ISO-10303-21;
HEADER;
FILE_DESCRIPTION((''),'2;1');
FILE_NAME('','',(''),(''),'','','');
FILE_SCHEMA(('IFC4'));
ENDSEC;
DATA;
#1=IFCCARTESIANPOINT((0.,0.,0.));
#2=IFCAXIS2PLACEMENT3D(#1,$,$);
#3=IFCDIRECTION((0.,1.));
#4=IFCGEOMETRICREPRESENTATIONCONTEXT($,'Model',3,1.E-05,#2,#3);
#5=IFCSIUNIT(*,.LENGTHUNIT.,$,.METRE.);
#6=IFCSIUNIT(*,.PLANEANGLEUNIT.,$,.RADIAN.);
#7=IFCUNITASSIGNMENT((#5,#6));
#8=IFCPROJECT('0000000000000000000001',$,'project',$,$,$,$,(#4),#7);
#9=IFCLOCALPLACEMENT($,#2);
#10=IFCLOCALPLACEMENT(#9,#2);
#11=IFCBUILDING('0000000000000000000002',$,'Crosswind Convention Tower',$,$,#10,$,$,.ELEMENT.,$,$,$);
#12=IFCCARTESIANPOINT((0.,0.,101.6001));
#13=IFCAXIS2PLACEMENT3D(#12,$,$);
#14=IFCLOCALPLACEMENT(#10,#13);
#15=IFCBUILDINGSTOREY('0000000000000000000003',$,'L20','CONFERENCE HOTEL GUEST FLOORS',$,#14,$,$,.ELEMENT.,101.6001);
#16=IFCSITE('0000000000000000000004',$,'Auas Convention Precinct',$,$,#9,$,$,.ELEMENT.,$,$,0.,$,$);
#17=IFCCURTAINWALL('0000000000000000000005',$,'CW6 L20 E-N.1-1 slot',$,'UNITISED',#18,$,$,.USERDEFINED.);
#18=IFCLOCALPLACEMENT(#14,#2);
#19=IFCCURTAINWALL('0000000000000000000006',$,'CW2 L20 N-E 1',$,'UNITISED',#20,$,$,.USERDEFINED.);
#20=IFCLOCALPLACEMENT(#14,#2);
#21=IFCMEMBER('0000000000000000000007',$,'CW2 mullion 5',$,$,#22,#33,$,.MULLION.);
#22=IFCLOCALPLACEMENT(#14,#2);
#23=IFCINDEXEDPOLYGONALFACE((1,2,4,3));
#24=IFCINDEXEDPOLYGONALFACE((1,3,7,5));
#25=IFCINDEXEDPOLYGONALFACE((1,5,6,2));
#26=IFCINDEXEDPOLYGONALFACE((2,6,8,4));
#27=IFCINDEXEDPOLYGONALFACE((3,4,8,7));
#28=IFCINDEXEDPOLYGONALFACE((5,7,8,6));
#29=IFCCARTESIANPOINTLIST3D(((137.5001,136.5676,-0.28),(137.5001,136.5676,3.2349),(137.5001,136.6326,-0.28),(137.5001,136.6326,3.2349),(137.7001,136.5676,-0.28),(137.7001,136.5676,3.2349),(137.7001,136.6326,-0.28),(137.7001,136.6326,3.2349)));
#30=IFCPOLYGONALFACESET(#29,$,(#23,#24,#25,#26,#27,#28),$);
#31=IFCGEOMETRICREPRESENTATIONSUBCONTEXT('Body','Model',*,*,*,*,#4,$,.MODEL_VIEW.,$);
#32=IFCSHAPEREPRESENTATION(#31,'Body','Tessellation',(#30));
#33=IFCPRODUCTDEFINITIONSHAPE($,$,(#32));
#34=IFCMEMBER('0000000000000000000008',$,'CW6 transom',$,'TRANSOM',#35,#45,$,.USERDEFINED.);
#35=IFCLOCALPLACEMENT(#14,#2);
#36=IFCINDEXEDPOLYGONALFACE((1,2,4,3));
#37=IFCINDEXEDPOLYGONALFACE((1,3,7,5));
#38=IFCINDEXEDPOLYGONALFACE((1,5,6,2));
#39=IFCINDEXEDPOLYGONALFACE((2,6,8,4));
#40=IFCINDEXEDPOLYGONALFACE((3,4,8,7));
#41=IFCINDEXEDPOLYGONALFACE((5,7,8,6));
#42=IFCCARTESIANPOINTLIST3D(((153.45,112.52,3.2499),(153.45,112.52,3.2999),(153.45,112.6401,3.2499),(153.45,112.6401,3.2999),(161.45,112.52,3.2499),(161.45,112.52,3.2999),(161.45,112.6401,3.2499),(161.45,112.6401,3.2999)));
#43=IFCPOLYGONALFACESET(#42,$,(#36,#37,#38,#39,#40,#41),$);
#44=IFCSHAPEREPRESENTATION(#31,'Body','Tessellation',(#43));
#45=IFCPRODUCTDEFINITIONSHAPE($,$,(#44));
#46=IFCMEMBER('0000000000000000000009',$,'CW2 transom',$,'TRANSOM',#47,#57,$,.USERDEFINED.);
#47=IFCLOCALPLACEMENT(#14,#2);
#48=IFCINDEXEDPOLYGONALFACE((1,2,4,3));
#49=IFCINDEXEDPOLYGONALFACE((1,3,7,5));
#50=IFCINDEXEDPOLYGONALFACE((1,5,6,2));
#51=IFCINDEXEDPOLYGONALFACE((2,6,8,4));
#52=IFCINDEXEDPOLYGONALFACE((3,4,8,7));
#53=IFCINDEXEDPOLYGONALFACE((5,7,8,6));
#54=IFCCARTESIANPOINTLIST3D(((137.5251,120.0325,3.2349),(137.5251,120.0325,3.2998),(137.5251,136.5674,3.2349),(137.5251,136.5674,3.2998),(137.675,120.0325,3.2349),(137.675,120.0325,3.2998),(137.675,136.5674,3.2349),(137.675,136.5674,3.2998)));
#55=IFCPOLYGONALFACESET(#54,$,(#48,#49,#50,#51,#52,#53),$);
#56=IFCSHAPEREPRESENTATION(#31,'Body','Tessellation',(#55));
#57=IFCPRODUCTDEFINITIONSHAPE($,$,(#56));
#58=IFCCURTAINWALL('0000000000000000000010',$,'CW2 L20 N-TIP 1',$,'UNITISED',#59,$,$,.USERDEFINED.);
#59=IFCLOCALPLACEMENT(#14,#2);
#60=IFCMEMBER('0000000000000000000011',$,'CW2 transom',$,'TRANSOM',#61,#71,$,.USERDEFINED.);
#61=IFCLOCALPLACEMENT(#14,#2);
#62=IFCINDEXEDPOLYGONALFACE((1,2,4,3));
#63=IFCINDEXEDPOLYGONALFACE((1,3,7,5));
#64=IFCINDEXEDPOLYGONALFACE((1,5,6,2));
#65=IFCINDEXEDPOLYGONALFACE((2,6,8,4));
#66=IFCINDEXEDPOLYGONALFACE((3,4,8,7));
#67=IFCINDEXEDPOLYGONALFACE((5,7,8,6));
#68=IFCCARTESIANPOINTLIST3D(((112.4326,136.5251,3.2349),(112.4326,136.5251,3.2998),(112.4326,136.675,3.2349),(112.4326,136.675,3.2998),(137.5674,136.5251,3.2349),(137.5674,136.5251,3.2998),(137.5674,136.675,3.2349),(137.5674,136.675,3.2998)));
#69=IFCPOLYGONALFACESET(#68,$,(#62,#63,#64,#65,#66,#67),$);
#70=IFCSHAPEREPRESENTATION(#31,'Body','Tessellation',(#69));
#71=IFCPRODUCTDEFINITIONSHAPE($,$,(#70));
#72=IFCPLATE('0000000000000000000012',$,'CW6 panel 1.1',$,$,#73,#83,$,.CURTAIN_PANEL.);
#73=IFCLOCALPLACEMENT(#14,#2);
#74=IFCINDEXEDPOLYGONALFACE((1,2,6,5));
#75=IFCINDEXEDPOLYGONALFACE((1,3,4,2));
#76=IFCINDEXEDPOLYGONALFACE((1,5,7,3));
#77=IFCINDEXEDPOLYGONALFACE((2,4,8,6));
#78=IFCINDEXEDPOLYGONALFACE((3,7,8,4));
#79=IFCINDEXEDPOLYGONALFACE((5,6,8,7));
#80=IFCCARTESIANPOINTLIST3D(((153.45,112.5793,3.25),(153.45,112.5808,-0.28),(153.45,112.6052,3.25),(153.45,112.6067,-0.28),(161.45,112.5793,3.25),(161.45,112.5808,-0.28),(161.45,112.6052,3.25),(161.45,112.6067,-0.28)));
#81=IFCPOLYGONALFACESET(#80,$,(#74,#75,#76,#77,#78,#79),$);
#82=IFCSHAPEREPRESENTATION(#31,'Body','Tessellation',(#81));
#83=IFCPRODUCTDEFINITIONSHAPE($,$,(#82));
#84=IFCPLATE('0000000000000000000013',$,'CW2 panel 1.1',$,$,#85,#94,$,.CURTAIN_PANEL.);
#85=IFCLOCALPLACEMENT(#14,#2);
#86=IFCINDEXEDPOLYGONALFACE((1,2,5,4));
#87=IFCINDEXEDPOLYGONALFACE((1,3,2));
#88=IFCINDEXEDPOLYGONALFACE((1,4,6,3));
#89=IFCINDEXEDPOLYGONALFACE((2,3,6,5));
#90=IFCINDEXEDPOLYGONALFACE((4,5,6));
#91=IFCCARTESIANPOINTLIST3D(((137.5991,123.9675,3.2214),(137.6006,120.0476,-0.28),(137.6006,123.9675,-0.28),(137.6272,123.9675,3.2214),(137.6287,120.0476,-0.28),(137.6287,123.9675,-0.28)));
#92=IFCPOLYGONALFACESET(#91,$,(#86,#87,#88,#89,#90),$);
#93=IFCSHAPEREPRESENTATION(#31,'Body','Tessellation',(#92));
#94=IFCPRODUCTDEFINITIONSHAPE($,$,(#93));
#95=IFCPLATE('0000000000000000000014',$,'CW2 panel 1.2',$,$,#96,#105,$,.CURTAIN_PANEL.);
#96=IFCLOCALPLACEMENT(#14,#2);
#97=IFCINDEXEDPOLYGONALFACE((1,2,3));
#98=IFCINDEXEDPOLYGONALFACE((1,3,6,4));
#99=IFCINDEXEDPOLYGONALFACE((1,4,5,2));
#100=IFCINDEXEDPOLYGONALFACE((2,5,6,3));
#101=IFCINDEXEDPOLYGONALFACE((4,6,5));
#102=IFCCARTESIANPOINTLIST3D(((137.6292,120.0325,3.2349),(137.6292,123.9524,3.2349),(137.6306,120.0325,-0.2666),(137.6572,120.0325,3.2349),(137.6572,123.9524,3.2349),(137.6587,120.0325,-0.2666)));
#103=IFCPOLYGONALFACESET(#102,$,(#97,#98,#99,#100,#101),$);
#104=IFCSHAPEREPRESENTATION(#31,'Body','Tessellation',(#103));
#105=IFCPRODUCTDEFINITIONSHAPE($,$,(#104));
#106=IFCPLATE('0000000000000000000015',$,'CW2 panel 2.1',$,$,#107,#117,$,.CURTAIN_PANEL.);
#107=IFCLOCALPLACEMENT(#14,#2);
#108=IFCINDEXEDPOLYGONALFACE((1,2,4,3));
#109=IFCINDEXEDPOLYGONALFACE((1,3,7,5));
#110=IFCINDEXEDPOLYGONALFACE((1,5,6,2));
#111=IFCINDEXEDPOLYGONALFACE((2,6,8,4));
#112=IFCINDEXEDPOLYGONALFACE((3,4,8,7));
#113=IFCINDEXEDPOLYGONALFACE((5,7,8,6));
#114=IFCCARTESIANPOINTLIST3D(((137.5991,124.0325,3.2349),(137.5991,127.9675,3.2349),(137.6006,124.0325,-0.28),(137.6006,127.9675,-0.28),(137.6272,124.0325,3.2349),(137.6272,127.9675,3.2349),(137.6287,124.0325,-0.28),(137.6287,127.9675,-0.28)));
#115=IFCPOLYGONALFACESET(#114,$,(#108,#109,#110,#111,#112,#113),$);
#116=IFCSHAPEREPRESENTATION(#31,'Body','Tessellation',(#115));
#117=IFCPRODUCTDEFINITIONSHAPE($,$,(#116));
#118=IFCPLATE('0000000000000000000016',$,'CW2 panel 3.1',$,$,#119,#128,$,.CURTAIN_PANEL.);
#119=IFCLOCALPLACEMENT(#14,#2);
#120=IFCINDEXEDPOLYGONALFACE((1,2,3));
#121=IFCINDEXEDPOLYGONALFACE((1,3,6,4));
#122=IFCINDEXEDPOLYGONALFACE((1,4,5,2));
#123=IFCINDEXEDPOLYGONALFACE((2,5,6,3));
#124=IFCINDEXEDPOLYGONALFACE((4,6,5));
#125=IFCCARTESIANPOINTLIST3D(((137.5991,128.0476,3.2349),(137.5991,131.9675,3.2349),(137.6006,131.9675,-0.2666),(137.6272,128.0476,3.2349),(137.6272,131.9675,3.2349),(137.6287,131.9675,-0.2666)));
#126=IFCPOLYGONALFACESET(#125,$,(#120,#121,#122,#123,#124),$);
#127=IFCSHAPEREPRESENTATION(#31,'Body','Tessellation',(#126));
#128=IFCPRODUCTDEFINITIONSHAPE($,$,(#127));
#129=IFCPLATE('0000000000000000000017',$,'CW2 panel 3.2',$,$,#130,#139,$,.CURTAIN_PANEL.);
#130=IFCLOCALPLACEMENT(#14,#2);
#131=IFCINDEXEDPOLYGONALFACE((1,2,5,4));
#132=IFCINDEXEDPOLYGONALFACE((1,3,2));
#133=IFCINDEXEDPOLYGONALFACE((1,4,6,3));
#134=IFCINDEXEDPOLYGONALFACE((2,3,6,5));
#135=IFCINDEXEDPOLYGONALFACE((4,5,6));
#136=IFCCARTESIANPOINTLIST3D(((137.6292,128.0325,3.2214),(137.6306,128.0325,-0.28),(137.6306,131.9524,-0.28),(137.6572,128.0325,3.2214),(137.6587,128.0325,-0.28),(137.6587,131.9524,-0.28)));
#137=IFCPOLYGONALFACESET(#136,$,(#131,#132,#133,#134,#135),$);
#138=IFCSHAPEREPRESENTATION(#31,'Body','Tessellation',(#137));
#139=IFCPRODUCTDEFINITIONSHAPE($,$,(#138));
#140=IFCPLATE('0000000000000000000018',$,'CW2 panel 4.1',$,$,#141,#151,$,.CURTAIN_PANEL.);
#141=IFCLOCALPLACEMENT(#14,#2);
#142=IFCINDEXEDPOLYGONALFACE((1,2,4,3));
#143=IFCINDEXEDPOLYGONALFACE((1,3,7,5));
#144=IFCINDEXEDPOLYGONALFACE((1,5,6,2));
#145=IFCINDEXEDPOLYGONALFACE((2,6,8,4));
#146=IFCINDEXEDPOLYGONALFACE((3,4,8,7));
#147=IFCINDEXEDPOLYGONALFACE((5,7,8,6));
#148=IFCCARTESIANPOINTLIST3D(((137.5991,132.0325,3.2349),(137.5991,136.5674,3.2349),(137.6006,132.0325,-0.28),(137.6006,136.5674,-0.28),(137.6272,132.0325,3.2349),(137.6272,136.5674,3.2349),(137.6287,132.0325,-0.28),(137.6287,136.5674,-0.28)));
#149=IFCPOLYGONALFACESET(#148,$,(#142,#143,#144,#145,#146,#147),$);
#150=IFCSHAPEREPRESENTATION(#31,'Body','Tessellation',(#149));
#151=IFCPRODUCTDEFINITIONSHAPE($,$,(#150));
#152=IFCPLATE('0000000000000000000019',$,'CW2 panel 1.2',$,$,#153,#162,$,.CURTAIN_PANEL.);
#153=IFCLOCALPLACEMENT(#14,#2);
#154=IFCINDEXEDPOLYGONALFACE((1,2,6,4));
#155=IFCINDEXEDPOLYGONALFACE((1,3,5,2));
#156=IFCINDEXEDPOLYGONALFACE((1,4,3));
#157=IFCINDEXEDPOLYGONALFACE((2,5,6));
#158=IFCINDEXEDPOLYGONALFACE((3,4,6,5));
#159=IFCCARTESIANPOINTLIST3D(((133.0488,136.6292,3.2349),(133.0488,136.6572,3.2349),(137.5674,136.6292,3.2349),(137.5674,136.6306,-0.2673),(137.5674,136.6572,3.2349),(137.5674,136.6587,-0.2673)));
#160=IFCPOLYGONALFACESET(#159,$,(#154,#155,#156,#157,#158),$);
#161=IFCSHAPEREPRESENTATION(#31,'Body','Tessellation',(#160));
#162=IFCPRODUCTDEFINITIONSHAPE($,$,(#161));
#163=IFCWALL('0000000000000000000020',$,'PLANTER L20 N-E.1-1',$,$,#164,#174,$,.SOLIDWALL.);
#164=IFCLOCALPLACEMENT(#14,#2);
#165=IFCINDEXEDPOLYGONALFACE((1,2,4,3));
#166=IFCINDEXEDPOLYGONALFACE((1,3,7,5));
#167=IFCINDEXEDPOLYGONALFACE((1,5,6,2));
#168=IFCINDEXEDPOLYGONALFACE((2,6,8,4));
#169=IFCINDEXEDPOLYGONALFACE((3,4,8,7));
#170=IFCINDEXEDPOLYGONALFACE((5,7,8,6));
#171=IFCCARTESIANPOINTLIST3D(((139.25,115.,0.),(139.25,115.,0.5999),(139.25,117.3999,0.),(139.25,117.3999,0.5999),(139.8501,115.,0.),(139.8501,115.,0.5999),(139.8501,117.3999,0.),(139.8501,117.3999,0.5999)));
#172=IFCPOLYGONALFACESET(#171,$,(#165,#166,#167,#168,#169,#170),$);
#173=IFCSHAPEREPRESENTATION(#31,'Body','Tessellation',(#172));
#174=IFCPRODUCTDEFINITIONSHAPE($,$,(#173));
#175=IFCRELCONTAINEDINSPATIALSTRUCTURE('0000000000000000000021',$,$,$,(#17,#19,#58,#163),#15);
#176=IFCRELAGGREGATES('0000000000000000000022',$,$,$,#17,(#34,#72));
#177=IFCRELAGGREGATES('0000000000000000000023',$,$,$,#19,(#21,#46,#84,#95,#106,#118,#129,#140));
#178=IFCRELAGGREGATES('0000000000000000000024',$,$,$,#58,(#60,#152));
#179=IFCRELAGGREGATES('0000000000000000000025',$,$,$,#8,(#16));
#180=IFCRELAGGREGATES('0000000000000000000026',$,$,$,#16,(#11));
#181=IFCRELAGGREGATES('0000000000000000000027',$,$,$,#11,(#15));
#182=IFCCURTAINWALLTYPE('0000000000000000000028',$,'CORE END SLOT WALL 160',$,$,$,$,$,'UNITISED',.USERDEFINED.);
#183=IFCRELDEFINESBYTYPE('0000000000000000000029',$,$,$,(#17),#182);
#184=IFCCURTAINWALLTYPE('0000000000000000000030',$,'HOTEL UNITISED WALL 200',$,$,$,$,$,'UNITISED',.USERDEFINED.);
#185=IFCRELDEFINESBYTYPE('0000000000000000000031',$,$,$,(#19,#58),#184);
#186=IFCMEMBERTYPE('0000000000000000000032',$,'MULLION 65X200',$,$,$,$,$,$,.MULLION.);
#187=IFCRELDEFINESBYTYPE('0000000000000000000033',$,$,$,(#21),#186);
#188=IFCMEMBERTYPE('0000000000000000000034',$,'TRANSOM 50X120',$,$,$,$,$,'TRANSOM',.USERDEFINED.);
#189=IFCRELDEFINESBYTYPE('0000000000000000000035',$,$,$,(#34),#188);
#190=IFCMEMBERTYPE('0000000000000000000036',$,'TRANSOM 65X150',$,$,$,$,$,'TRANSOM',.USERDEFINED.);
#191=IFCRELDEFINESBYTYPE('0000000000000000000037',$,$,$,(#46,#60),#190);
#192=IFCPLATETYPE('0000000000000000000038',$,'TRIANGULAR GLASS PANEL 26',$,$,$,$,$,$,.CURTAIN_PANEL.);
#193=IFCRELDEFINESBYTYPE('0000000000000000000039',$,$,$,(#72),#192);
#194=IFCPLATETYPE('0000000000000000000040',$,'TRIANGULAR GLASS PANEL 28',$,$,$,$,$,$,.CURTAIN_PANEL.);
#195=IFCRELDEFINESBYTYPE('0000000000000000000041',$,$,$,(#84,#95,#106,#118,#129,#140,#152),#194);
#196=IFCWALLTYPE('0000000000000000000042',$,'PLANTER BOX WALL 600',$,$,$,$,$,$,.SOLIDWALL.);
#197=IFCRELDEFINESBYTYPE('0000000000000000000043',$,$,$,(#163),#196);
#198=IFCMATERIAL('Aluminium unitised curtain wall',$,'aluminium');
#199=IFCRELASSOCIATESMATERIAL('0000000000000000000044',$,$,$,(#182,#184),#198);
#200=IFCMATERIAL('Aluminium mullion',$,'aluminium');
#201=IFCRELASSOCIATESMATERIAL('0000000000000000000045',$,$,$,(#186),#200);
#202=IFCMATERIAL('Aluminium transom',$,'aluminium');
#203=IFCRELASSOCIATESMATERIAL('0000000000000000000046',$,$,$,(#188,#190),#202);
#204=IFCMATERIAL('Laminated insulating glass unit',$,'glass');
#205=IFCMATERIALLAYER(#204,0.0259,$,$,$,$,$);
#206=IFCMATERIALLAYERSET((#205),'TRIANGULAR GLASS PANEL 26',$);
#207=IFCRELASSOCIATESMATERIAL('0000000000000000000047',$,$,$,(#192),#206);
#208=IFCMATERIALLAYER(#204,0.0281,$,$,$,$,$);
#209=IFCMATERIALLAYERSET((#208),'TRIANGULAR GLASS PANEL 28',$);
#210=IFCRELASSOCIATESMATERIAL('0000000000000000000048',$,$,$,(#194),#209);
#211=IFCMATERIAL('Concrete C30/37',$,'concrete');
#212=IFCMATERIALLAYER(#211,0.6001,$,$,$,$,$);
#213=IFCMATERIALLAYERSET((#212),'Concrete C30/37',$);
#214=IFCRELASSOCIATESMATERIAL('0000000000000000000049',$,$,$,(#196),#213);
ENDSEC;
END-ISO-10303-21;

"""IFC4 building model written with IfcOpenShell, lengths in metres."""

from ifc_helpers import new_model, si_unit, direction, frame, frame_2d, origin, origin_2d, place, context, subcontext, project, spatial, polyline, rectangle, outline, extrude, material, layer, layer_set, material_profile, profile_set, type_object, element, aggregate, save


model = new_model("IFC4")

# Units and contexts
model_context = context("Model", 3, precision=1e-05, world=origin(), true_north=direction((0.0, 1.0)))
body_context = subcontext(model_context, "Body", "Model", "MODEL_VIEW")
ifc_project = project(units=[si_unit("LENGTHUNIT", "METRE"), si_unit("PLANEANGLEUNIT", "RADIAN")], contexts=[model_context])

# Site, building, storey
site_placement = place(None, origin())
site = spatial("IfcSite", under=ifc_project, at=site_placement, Name="Auas Convention Precinct", CompositionType="ELEMENT", RefElevation=0.0)
building_placement = place(site_placement, origin())
building = spatial("IfcBuilding", under=site, at=building_placement, Name="Crosswind Convention Tower", CompositionType="ELEMENT")
storey_placement = place(building_placement, frame((0.0, 0.0, 101.6001)))
storey = spatial("IfcBuildingStorey", under=building, at=storey_placement, Name="L20", Description="CONFERENCE HOTEL GUEST FLOORS", CompositionType="ELEMENT", Elevation=101.6001)

# Curtain wall
ifc_material_1 = material(Name="Aluminium unitised curtain wall", Category="aluminium")
curtain_wall_type_1 = type_object("IfcCurtainWallType", Name="CORE END SLOT WALL 160", ElementType="UNITISED", PredefinedType="USERDEFINED", material=ifc_material_1)
curtain_wall_1_placement = place(storey_placement, origin())
curtain_wall_1 = element("IfcCurtainWall", 1, at=curtain_wall_1_placement, inside=storey, type_object=curtain_wall_type_1, Name="CW6 L20 E-N.1-1 slot", ObjectType="UNITISED", PredefinedType="USERDEFINED")
ifc_material_2 = material(Name="Aluminium mullion", Category="aluminium")

# Shared definitions
curtain_wall_type_2 = type_object("IfcCurtainWallType", Name="HOTEL UNITISED WALL 200", ElementType="UNITISED", PredefinedType="USERDEFINED", material=ifc_material_1)
ifc_material_profile_1 = material_profile(ifc_material_2, rectangle(XDim=0.2, YDim=0.0649, at=origin_2d()), Name="AL 200X65")
ifc_profile_set_1 = profile_set([ifc_material_profile_1], Name="Aluminium mullion")
member_type_1 = type_object("IfcMemberType", Name="MULLION 65X200", PredefinedType="MULLION", material=ifc_profile_set_1)

# Curtain wall, member
curtain_wall_2_placement = place(storey_placement, origin())
curtain_wall_2 = element("IfcCurtainWall", 2, at=curtain_wall_2_placement, inside=storey, type_object=curtain_wall_type_2, Name="CW2 L20 N-E 1", ObjectType="UNITISED", PredefinedType="USERDEFINED")
member_1_placement = place(storey_placement, frame((137.6001, 136.6001, -0.28), z_axis=(0.0, 0.0, 1.0), x_axis=(1.0, 0.0, 0.0)))
member_1 = element("IfcMember", 3, at=member_1_placement, type_object=member_type_1, Name="CW2 mullion 5", PredefinedType="MULLION", context=body_context, shape_type="SweptSolid", body=[
    extrude(rectangle(XDim=0.2, YDim=0.0649, at=origin_2d()), origin(), (0.0, 0.0, 1.0), 3.5149),
])

# Members
ifc_material_3 = material(Name="Aluminium transom", Category="aluminium")
ifc_material_profile_2 = material_profile(ifc_material_3, rectangle(XDim=0.1201, YDim=0.05, at=origin_2d()), Name="AL 120X50")
ifc_profile_set_2 = profile_set([ifc_material_profile_2], Name="Aluminium transom")
member_type_2 = type_object("IfcMemberType", Name="TRANSOM 50X120", ElementType="TRANSOM", PredefinedType="USERDEFINED", material=ifc_profile_set_2)
member_2_placement = place(storey_placement, frame((161.45, 112.5801, 3.2749), z_axis=(-1.0, 0.0, 0.0), x_axis=(0.0, -1.0, 0.0)))
member_2 = element("IfcMember", 4, at=member_2_placement, type_object=member_type_2, Name="CW6 transom", ObjectType="TRANSOM", PredefinedType="USERDEFINED", context=body_context, shape_type="SweptSolid", body=[
    extrude(rectangle(XDim=0.1201, YDim=0.05, at=origin_2d()), origin(), (0.0, 0.0, 1.0), 8.0),
])
ifc_material_profile_3 = material_profile(ifc_material_3, rectangle(XDim=0.1499, YDim=0.0649, at=origin_2d()), Name="AL 150X65")
ifc_profile_set_3 = profile_set([ifc_material_profile_3], Name="Aluminium transom")
member_type_3 = type_object("IfcMemberType", Name="TRANSOM 65X150", ElementType="TRANSOM", PredefinedType="USERDEFINED", material=ifc_profile_set_3)
member_3_placement = place(storey_placement, frame((137.6001, 120.0325, 3.2673), z_axis=(0.0, 1.0, 0.0), x_axis=(-1.0, 0.0, 0.0)))
member_3 = element("IfcMember", 5, at=member_3_placement, type_object=member_type_3, Name="CW2 transom", ObjectType="TRANSOM", PredefinedType="USERDEFINED", context=body_context, shape_type="SweptSolid", body=[
    extrude(rectangle(XDim=0.1499, YDim=0.0649, at=origin_2d()), origin(), (0.0, 0.0, 1.0), 16.5349),
])

# Curtain wall, member
curtain_wall_3_placement = place(storey_placement, origin())
curtain_wall_3 = element("IfcCurtainWall", 6, at=curtain_wall_3_placement, inside=storey, type_object=curtain_wall_type_2, Name="CW2 L20 N-TIP 1", ObjectType="UNITISED", PredefinedType="USERDEFINED")
member_4_placement = place(storey_placement, frame((137.5674, 136.6001, 3.2673), z_axis=(-1.0, 0.0, 0.0), x_axis=(0.0, -1.0, 0.0)))
member_4 = element("IfcMember", 7, at=member_4_placement, type_object=member_type_3, Name="CW2 transom", ObjectType="TRANSOM", PredefinedType="USERDEFINED", context=body_context, shape_type="SweptSolid", body=[
    extrude(rectangle(XDim=0.1499, YDim=0.0649, at=origin_2d()), origin(), (0.0, 0.0, 1.0), 25.1348),
])

# Plates
ifc_material_4 = material(Name="Laminated insulating glass unit", Category="glass")
ifc_layer_1 = layer(ifc_material_4, 0.0259)
ifc_layer_set_1 = layer_set([ifc_layer_1], Name="TRIANGULAR GLASS PANEL 26")
plate_type_1 = type_object("IfcPlateType", Name="TRIANGULAR GLASS PANEL 26", PredefinedType="CURTAIN_PANEL", material=ifc_layer_set_1)
plate_1_placement = place(storey_placement, frame((161.45, 112.6067, -0.28), z_axis=(0.0, 1.0, 0.000415), x_axis=(-1.0, 0.0, 0.0)))
plate_1 = element("IfcPlate", 8, at=plate_1_placement, type_object=plate_type_1, Name="CW6 panel 1.1", PredefinedType="CURTAIN_PANEL", context=body_context, shape_type="SweptSolid", body=[
    extrude(outline(polyline([(0.0, 0.0), (8.0, 0.0), (8.0, 3.53), (0.0, 3.53), (0.0, 0.0)])), origin(), (0.0, 0.0, -1.0), 0.0259),
])
aggregate(curtain_wall_1, [member_2, plate_1])
ifc_layer_2 = layer(ifc_material_4, 0.0281)
ifc_layer_set_2 = layer_set([ifc_layer_2], Name="TRIANGULAR GLASS PANEL 28")
plate_type_2 = type_object("IfcPlateType", Name="TRIANGULAR GLASS PANEL 28", PredefinedType="CURTAIN_PANEL", material=ifc_layer_set_2)
plate_2_placement = place(storey_placement, frame((137.6287, 123.9675, -0.28), z_axis=(1.0, 0.0, 0.000418), x_axis=(-0.000418, 0.0, 1.0)))
plate_2 = element("IfcPlate", 9, at=plate_2_placement, type_object=plate_type_2, Name="CW2 panel 1.1", PredefinedType="CURTAIN_PANEL", context=body_context, shape_type="SweptSolid", body=[
    extrude(outline(polyline([(0.0, 0.0), (3.5015, 0.0), (0.0, 3.9199), (0.0, 0.0)])), origin(), (0.0, 0.0, -1.0), 0.0281),
])
plate_3_placement = place(storey_placement, frame((137.6572, 120.0325, 3.2349), z_axis=(1.0, 0.0, 0.000418), x_axis=(0.000418, 0.0, -1.0)))
plate_3 = element("IfcPlate", 10, at=plate_3_placement, type_object=plate_type_2, Name="CW2 panel 1.2", PredefinedType="CURTAIN_PANEL", context=body_context, shape_type="SweptSolid", body=[
    extrude(outline(polyline([(0.0, 0.0), (3.5015, 0.0), (0.0, 3.9199), (0.0, 0.0)])), origin(), (0.0, 0.0, -1.0), 0.0281),
])
plate_4_placement = place(storey_placement, frame((137.6287, 124.0325, -0.28), z_axis=(1.0, 0.0, 0.000417), x_axis=(0.0, 1.0, 0.0)))
plate_4 = element("IfcPlate", 11, at=plate_4_placement, type_object=plate_type_2, Name="CW2 panel 2.1", PredefinedType="CURTAIN_PANEL", context=body_context, shape_type="SweptSolid", body=[
    extrude(outline(polyline([(0.0, 0.0), (3.9351, 0.0), (3.9351, 3.5149), (0.0, 3.5149), (0.0, 0.0)])), origin(), (0.0, 0.0, -1.0), 0.0281),
])
plate_5_placement = place(storey_placement, frame((137.6272, 131.9675, 3.2349), z_axis=(1.0, 0.0, 0.000418), x_axis=(0.0, -1.0, 0.0)))
plate_5 = element("IfcPlate", 12, at=plate_5_placement, type_object=plate_type_2, Name="CW2 panel 3.1", PredefinedType="CURTAIN_PANEL", context=body_context, shape_type="SweptSolid", body=[
    extrude(outline(polyline([(0.0, 0.0), (3.9199, 0.0), (0.0, 3.5015), (0.0, 0.0)])), origin(), (0.0, 0.0, -1.0), 0.0281),
])
plate_6_placement = place(storey_placement, frame((137.6587, 128.0325, -0.28), z_axis=(1.0, 0.0, 0.000418), x_axis=(0.0, 1.0, 0.0)))
plate_6 = element("IfcPlate", 13, at=plate_6_placement, type_object=plate_type_2, Name="CW2 panel 3.2", PredefinedType="CURTAIN_PANEL", context=body_context, shape_type="SweptSolid", body=[
    extrude(outline(polyline([(0.0, 0.0), (3.9199, 0.0), (0.0, 3.5015), (0.0, 0.0)])), origin(), (0.0, 0.0, -1.0), 0.0281),
])
plate_7_placement = place(storey_placement, frame((137.6287, 132.0325, -0.28), z_axis=(1.0, 0.0, 0.000417), x_axis=(0.0, 1.0, 0.0)))
plate_7 = element("IfcPlate", 14, at=plate_7_placement, type_object=plate_type_2, Name="CW2 panel 4.1", PredefinedType="CURTAIN_PANEL", context=body_context, shape_type="SweptSolid", body=[
    extrude(outline(polyline([(0.0, 0.0), (4.5349, 0.0), (4.5349, 3.5149), (0.0, 3.5149), (0.0, 0.0)])), origin(), (0.0, 0.0, -1.0), 0.0281),
])
plate_8_placement = place(storey_placement, frame((137.5674, 136.6572, 3.2349), z_axis=(0.0, 1.0, 0.000418), x_axis=(0.0, 0.000418, -1.0)))
plate_8 = element("IfcPlate", 15, at=plate_8_placement, type_object=plate_type_2, Name="CW2 panel 1.2", PredefinedType="CURTAIN_PANEL", context=body_context, shape_type="SweptSolid", body=[
    extrude(outline(polyline([(0.0, 0.0), (3.5022, 0.0), (0.0, 4.5186), (0.0, 0.0)])), origin(), (0.0, 0.0, -1.0), 0.0281),
])

# Wall
ifc_material_5 = material(Name="Concrete C30/37", Category="concrete")
ifc_layer_3 = layer(ifc_material_5, 0.6001)
ifc_layer_set_3 = layer_set([ifc_layer_3], Name="Concrete C30/37")
wall_type_1 = type_object("IfcWallType", Name="PLANTER BOX WALL 600", PredefinedType="SOLIDWALL", material=ifc_layer_set_3)
wall_1_placement = place(storey_placement, frame((139.55, 115.0, 0.0), z_axis=(0.0, 0.0, 1.0), x_axis=(0.0, 1.0, 0.0)))
element("IfcWall", 16, at=wall_1_placement, inside=storey, type_object=wall_type_1, Name="PLANTER L20 N-E.1-1", PredefinedType="SOLIDWALL", context=body_context, shape_type="SweptSolid", body=[
    extrude(rectangle(XDim=2.3999, YDim=0.6001, at=frame_2d((1.2, 0.0))), origin(), (0.0, 0.0, 1.0), 0.5999),
])

aggregate(curtain_wall_2, [member_1, member_3, plate_2, plate_3, plate_4, plate_5, plate_6, plate_7])
aggregate(curtain_wall_3, [member_4, plate_8])

save(model, "model.ifc")
